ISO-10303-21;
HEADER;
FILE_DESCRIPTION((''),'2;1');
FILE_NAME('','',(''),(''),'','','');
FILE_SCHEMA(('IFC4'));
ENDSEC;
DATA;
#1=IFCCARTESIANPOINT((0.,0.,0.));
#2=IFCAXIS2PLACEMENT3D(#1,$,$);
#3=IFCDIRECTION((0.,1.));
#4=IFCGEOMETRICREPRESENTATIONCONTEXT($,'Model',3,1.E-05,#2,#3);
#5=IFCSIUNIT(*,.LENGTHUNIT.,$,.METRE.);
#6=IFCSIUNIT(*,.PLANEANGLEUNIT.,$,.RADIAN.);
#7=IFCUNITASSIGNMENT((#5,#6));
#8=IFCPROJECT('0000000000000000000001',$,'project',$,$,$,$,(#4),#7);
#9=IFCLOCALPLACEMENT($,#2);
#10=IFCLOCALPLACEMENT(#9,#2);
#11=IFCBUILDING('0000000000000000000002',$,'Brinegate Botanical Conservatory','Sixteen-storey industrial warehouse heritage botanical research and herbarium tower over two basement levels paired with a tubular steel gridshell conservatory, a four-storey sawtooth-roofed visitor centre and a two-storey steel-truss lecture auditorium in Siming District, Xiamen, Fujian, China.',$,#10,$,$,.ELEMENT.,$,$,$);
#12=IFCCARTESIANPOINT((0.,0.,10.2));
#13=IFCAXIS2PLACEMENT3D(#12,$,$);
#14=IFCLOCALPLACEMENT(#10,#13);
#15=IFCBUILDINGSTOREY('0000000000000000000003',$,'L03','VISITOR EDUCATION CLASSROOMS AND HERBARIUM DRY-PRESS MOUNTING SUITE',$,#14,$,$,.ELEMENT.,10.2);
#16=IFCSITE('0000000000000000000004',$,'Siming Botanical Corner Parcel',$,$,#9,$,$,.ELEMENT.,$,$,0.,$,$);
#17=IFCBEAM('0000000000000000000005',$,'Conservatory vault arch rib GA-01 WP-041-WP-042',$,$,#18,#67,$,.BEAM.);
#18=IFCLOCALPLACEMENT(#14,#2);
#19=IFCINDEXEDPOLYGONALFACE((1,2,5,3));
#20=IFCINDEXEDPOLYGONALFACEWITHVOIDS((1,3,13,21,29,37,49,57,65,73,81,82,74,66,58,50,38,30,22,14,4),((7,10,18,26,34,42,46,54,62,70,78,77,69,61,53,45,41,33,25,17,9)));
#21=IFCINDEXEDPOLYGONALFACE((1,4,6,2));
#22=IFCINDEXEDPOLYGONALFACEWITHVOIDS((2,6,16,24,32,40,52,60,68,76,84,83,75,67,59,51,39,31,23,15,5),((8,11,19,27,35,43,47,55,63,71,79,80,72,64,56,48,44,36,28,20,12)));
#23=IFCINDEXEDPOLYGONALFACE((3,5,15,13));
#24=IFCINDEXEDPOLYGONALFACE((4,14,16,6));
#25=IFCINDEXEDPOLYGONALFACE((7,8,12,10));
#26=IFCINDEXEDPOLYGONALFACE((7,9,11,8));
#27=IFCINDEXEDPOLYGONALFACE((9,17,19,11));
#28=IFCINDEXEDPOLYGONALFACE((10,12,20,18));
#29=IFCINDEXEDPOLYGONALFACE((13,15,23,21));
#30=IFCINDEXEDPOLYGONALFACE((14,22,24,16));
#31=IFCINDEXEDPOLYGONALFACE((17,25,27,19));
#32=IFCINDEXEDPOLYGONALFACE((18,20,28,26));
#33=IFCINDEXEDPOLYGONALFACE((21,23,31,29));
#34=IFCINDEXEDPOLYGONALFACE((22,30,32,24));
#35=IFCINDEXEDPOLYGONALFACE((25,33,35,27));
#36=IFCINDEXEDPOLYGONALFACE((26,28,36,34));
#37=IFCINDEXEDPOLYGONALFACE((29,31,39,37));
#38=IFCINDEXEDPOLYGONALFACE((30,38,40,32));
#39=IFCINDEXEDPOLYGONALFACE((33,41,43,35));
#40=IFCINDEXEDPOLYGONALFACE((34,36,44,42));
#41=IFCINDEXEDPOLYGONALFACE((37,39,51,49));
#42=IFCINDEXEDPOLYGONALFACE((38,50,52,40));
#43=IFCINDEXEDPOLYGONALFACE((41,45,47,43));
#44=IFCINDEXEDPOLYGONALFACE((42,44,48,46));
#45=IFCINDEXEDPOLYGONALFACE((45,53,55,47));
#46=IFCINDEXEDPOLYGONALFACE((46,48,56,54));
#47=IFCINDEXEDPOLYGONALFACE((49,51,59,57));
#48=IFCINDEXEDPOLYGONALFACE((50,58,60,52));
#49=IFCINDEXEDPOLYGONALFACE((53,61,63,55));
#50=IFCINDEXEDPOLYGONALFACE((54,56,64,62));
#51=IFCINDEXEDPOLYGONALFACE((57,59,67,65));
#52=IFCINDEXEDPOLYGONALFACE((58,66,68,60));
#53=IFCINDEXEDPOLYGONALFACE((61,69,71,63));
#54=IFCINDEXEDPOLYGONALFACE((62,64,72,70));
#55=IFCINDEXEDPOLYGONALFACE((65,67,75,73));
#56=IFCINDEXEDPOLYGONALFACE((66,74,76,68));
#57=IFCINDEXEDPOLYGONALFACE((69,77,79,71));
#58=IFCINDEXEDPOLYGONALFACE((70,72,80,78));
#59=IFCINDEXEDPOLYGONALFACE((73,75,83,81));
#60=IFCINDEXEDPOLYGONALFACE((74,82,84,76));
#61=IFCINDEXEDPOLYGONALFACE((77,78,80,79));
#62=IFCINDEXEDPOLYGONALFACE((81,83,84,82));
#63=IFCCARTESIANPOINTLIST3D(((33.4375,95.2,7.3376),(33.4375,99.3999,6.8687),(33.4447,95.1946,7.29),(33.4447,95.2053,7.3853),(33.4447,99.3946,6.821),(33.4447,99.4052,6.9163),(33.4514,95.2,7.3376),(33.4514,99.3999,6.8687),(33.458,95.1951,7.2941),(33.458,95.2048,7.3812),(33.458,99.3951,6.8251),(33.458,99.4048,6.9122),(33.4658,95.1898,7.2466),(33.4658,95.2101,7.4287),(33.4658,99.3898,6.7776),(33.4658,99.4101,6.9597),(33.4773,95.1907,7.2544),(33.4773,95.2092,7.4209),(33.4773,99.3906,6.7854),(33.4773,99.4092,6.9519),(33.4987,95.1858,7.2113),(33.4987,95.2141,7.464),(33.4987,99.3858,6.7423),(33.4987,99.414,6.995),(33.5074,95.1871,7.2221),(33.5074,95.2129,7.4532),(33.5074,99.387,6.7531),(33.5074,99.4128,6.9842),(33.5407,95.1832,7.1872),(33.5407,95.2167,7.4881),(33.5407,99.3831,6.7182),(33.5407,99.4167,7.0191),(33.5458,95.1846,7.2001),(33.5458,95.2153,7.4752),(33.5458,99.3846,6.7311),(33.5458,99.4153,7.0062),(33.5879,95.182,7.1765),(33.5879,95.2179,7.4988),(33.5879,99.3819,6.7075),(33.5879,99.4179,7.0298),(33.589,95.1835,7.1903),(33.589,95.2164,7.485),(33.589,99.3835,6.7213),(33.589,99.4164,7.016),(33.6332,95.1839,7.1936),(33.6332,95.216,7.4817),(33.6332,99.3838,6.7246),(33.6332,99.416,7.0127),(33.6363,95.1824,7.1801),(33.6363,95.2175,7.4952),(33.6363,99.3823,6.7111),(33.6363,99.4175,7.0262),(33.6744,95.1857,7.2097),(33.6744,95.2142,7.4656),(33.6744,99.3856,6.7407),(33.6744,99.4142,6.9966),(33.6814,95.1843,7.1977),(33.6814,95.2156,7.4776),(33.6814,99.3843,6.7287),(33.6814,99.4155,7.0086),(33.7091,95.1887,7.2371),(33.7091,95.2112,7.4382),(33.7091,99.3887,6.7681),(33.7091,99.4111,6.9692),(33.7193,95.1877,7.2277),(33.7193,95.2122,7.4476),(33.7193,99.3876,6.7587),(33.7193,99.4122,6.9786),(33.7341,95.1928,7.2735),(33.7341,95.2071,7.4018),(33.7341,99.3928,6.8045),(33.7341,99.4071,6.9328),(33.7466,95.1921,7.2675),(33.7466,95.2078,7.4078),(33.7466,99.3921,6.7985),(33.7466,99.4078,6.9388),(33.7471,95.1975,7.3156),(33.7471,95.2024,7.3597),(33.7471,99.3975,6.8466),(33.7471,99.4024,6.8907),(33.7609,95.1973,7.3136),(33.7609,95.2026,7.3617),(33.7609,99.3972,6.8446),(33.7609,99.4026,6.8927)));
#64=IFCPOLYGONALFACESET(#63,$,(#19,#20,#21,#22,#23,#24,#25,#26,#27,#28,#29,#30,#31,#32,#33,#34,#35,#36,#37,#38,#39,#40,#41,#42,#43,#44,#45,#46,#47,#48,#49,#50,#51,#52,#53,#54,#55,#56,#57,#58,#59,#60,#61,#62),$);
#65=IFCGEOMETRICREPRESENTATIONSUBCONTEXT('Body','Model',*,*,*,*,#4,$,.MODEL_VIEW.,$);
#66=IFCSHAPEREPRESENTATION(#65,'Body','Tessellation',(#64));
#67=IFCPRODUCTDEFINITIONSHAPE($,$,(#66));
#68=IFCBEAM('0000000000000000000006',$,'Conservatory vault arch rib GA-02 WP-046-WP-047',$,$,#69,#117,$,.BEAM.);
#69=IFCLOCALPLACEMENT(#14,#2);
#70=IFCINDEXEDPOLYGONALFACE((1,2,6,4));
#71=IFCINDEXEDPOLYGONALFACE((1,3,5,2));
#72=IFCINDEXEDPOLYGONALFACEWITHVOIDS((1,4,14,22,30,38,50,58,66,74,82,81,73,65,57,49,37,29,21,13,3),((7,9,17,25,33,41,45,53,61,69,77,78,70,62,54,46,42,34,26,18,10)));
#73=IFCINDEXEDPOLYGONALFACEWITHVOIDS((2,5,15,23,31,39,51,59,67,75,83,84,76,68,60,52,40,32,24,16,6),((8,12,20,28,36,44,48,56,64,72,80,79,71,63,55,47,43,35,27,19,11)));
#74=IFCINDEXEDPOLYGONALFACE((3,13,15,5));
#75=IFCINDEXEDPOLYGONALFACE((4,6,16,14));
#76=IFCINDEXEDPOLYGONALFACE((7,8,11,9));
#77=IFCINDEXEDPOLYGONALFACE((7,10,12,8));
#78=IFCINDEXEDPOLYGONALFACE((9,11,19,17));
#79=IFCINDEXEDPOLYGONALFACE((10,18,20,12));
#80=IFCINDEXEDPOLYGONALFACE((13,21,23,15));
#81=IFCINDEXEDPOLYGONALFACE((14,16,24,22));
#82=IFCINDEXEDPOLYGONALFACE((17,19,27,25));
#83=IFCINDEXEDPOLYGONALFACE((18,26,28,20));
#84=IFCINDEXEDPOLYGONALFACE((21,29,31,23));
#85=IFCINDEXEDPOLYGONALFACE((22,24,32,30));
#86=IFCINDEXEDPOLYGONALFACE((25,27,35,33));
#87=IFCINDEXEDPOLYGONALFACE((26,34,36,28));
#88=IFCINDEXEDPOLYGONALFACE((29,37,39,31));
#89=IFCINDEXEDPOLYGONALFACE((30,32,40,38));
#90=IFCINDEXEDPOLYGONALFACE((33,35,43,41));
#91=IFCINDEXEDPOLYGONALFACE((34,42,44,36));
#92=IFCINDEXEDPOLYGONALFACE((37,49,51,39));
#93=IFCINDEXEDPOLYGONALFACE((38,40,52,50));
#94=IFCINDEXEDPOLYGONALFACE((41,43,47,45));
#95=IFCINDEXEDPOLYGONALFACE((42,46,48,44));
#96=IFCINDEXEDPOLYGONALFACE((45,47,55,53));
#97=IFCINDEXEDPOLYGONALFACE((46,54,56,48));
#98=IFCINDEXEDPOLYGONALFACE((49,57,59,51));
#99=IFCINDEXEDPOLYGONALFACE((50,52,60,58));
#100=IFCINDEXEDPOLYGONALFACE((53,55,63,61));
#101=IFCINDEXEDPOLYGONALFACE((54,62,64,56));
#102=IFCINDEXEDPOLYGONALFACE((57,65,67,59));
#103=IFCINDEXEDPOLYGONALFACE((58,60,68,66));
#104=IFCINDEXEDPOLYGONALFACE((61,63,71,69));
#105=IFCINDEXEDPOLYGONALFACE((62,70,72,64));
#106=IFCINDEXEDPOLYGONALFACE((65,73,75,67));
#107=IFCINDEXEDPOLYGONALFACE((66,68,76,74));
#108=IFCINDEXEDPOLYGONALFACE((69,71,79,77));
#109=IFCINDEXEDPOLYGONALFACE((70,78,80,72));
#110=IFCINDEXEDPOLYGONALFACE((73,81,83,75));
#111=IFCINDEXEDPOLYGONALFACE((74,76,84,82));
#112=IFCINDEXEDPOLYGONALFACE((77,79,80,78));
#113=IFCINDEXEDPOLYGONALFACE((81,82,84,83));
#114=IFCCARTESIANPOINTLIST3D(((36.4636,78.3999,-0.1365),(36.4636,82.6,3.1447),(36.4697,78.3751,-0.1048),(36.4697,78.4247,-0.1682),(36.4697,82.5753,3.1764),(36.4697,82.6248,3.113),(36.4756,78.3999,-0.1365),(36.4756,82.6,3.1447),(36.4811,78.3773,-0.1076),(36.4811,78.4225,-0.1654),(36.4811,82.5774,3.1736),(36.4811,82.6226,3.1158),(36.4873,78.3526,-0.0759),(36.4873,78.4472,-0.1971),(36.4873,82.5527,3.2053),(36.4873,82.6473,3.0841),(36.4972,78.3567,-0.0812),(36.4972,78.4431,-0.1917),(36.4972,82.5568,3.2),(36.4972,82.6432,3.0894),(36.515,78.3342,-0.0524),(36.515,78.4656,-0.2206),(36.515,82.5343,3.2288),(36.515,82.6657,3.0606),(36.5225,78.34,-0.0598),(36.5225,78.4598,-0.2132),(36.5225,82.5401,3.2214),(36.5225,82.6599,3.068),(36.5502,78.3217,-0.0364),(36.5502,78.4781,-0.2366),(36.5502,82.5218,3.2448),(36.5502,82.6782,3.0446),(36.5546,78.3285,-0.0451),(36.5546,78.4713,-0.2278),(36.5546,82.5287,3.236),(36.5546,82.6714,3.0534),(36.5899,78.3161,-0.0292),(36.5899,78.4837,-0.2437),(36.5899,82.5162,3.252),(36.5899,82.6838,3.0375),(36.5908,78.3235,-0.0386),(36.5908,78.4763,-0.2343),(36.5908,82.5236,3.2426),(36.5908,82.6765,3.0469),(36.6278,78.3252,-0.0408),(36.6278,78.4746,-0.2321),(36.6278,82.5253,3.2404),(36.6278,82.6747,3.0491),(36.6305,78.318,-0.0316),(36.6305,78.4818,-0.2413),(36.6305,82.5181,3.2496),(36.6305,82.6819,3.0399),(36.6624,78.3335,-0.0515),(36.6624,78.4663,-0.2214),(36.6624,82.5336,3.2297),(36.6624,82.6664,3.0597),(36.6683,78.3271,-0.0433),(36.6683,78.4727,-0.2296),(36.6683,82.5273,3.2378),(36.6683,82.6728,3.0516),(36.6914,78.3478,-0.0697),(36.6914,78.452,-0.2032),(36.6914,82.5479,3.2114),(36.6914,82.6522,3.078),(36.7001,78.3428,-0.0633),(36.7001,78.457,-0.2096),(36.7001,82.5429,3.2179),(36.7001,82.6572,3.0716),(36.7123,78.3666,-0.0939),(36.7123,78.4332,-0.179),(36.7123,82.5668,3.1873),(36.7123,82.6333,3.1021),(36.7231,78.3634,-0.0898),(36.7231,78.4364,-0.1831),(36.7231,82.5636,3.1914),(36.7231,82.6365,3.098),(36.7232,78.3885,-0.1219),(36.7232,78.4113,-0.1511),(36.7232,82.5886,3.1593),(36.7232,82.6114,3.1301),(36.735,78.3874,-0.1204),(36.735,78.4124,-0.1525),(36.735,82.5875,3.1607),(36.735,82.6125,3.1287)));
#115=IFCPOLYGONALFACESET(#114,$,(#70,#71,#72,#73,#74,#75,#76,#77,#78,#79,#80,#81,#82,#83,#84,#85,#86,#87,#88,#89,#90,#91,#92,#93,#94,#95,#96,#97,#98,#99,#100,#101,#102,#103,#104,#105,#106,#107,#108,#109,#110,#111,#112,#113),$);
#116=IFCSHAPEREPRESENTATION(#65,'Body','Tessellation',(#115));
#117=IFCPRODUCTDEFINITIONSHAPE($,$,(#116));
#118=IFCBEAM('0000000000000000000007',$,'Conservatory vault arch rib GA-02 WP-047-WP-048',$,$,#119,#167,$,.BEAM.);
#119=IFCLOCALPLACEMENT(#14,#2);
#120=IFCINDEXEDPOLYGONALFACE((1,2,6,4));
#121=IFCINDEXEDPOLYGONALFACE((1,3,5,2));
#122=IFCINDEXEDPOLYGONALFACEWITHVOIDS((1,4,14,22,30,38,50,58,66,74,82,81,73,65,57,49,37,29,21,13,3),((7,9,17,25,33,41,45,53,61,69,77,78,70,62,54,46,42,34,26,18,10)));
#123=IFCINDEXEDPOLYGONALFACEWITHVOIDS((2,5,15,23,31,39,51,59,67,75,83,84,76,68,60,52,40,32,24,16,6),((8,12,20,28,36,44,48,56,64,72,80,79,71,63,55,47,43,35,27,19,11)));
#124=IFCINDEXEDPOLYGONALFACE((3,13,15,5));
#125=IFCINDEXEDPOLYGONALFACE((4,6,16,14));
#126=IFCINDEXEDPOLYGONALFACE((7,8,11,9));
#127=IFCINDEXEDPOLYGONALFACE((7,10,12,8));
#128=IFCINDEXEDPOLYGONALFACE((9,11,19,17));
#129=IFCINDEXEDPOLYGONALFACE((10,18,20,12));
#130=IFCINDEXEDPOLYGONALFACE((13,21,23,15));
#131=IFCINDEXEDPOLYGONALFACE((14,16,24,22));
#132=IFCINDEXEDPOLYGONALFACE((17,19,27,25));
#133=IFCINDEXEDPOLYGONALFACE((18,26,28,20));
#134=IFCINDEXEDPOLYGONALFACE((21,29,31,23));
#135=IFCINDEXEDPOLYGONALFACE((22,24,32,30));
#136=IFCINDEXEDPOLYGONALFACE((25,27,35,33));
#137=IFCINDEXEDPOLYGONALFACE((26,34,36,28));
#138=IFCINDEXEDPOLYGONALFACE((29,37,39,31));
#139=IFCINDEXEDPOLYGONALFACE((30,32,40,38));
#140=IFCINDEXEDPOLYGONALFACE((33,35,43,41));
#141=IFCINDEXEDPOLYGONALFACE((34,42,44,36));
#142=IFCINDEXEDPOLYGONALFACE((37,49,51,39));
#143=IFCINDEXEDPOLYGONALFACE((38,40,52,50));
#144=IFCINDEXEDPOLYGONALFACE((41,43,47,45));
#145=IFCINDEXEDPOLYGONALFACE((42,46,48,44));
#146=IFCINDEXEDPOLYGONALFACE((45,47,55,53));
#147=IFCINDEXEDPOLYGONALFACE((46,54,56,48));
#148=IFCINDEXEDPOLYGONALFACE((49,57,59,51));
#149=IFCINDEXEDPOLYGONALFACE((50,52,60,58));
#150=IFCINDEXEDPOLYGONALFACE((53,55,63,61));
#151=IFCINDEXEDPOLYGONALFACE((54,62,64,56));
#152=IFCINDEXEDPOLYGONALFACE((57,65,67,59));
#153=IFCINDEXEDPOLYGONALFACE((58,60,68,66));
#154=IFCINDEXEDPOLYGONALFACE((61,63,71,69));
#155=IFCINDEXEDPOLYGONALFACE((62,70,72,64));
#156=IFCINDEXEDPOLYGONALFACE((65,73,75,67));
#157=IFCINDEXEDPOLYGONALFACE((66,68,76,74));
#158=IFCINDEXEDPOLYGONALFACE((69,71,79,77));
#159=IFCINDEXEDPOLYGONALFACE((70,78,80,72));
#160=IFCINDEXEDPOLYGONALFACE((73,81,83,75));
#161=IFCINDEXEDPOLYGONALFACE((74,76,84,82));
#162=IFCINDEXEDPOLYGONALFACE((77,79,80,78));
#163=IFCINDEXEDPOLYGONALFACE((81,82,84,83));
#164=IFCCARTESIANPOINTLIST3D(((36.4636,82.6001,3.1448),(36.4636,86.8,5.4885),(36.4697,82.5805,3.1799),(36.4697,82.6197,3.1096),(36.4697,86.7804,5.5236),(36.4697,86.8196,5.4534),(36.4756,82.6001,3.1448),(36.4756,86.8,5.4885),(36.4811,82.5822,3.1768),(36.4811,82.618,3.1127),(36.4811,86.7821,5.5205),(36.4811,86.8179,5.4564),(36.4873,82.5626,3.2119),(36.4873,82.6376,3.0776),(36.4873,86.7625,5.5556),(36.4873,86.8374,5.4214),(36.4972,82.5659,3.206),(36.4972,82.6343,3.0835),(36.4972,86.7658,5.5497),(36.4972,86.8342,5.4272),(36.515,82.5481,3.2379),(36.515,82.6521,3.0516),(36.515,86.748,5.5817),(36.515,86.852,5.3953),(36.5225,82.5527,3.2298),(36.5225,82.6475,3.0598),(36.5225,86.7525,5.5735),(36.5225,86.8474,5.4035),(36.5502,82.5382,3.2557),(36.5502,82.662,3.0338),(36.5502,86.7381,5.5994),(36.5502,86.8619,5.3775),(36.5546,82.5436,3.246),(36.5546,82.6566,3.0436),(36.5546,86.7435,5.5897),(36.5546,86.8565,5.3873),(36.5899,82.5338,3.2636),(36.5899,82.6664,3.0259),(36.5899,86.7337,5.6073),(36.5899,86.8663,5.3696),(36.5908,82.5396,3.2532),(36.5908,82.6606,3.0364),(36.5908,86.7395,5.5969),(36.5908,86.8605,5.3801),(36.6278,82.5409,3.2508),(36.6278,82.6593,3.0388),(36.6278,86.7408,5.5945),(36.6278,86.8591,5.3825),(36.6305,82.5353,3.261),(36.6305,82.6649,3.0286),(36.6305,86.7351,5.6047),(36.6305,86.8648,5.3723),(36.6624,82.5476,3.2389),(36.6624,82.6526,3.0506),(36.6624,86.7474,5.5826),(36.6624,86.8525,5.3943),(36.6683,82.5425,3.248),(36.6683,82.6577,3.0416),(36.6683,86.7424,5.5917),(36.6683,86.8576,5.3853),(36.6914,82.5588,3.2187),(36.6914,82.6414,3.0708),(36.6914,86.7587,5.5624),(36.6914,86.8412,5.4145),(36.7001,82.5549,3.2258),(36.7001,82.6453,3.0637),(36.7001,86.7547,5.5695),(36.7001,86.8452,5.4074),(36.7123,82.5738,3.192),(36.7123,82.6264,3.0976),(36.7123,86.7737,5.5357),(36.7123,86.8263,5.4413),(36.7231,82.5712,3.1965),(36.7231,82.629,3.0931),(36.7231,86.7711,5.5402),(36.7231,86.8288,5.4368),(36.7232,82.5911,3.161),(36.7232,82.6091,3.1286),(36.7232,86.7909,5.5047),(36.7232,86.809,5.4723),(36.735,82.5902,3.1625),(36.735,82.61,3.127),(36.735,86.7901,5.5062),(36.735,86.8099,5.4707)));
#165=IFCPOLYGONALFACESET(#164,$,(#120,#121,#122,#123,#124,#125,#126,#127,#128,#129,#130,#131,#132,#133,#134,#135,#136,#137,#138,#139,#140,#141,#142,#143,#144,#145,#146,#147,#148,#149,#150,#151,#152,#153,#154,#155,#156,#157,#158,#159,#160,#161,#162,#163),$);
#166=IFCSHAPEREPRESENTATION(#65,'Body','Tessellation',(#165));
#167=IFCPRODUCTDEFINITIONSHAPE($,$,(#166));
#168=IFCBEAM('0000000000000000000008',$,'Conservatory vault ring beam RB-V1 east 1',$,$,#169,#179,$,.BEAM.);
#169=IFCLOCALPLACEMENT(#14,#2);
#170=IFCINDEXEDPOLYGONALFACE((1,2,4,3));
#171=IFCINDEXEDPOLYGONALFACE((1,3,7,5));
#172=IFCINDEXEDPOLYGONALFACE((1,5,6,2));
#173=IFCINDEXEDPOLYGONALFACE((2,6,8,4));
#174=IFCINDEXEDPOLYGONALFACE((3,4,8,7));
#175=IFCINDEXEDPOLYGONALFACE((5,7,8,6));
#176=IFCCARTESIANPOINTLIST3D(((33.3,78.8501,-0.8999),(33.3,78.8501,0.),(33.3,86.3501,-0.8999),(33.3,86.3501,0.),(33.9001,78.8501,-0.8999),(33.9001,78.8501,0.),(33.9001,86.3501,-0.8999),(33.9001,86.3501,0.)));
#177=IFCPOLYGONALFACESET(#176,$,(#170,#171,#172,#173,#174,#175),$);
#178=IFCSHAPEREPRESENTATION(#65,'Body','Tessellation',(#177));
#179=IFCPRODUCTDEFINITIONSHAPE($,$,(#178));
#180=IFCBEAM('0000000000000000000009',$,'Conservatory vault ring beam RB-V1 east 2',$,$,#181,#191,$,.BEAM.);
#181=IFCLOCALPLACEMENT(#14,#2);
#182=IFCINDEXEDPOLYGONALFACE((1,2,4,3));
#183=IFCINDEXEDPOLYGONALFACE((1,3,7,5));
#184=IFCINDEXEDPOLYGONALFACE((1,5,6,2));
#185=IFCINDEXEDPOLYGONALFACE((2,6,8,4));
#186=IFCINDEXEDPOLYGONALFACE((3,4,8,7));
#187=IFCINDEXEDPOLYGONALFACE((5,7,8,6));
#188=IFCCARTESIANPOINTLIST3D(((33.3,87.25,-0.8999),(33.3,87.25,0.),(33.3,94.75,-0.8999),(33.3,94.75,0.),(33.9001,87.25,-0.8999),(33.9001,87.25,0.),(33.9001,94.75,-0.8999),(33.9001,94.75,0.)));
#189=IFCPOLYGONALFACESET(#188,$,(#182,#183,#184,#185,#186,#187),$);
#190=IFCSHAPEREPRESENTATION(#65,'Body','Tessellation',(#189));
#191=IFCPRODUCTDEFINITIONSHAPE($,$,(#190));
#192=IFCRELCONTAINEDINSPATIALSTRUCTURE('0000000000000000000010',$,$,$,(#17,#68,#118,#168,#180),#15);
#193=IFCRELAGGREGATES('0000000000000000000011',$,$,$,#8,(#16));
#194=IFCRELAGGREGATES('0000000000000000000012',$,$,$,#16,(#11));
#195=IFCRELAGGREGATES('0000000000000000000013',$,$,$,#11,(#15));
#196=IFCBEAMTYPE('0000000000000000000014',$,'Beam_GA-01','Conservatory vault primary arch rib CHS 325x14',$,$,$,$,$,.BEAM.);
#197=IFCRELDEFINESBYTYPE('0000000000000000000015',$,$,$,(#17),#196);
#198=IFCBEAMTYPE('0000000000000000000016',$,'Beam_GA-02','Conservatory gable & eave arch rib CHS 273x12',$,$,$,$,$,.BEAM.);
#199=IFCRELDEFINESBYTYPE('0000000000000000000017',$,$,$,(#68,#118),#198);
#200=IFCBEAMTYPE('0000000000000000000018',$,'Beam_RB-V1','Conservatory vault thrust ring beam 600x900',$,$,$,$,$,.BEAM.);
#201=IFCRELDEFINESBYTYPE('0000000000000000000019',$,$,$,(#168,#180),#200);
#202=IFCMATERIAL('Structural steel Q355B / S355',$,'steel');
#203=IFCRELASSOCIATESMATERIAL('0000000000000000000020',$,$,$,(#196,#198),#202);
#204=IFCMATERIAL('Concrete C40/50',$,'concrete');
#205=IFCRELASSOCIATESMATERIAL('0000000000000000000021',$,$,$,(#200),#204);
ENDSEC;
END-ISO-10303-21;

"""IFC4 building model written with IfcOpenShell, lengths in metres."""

from ifc_helpers import new_model, si_unit, direction, frame, origin, origin_2d, place, context, subcontext, project, spatial, rectangle, hollow_circle, extrude, material, material_profile, profile_set, type_object, element, save


model = new_model("IFC4")

# Units and contexts
model_context = context("Model", 3, precision=1e-05, world=origin(), true_north=direction((0.0, 1.0)))
body_context = subcontext(model_context, "Body", "Model", "MODEL_VIEW")
ifc_project = project(units=[si_unit("LENGTHUNIT", "METRE"), si_unit("PLANEANGLEUNIT", "RADIAN")], contexts=[model_context])

# Site, building, storey
site_placement = place(None, origin())
site = spatial("IfcSite", under=ifc_project, at=site_placement, Name="Siming Botanical Corner Parcel", CompositionType="ELEMENT", RefElevation=0.0)
building_placement = place(site_placement, origin())
building = spatial("IfcBuilding", under=site, at=building_placement, Name="Brinegate Botanical Conservatory", Description="Sixteen-storey industrial warehouse heritage botanical research and herbarium tower over two basement levels paired with a tubular steel gridshell conservatory, a four-storey sawtooth-roofed visitor centre and a two-storey steel-truss lecture auditorium in Siming District, Xiamen, Fujian, China.", CompositionType="ELEMENT")
storey_placement = place(building_placement, frame((0.0, 0.0, 10.2)))
storey = spatial("IfcBuildingStorey", under=building, at=storey_placement, Name="L03", Description="VISITOR EDUCATION CLASSROOMS AND HERBARIUM DRY-PRESS MOUNTING SUITE", CompositionType="ELEMENT", Elevation=10.2)

# Beams
ifc_material_1 = material(Name="Structural steel Q355B / S355", Category="steel")
ifc_material_profile_1 = material_profile(ifc_material_1, hollow_circle(Radius=0.1626, WallThickness=0.0139, at=origin_2d()), Name="CHS 325x14")
ifc_profile_set_1 = profile_set([ifc_material_profile_1], Name="Structural steel Q355B / S355")
beam_type_1 = type_object("IfcBeamType", Name="Beam_GA-01", Description="Conservatory vault primary arch rib CHS 325x14", PredefinedType="BEAM", material=ifc_profile_set_1)
for number, where, z_axis, x_axis, name in (
    (1, (33.6001, 95.2, 7.3376), (0.0, 0.993823, -0.110977), (-1.0, 0.0, 0.0), "Conservatory vault arch rib GA-01 WP-041-WP-042"),
):
    element("IfcBeam", number, at=place(storey_placement, frame(where, z_axis=z_axis, x_axis=x_axis)), inside=storey, type_object=beam_type_1, Name=name, PredefinedType="BEAM", context=body_context, shape_type="SweptSolid", body=[
        extrude(hollow_circle(Radius=0.1626, WallThickness=0.0139, at=origin_2d()), origin(), (0.0, 0.0, 1.0), 4.2261),
    ])
ifc_material_profile_2 = material_profile(ifc_material_1, hollow_circle(Radius=0.1365, WallThickness=0.012, at=origin_2d()), Name="CHS 273x12")
ifc_profile_set_2 = profile_set([ifc_material_profile_2], Name="Structural steel Q355B / S355")
beam_type_2 = type_object("IfcBeamType", Name="Beam_GA-02", Description="Conservatory gable & eave arch rib CHS 273x12", PredefinedType="BEAM", material=ifc_profile_set_2)
beam_1_placement = place(storey_placement, frame((36.6001, 78.3999, -0.1365), z_axis=(0.0, 0.788038, 0.615626), x_axis=(-1.0, 0.0, 0.0)))
element("IfcBeam", 2, at=beam_1_placement, inside=storey, type_object=beam_type_2, Name="Conservatory vault arch rib GA-02 WP-046-WP-047", PredefinedType="BEAM", context=body_context, shape_type="SweptSolid", body=[
    extrude(hollow_circle(Radius=0.1365, WallThickness=0.012, at=origin_2d()), origin(), (0.0, 0.0, 1.0), 5.3298),
])
beam_2_placement = place(storey_placement, frame((36.6001, 82.6001, 3.1448), z_axis=(0.0, 0.873234, 0.487301), x_axis=(-1.0, 0.0, 0.0)))
element("IfcBeam", 3, at=beam_2_placement, inside=storey, type_object=beam_type_2, Name="Conservatory vault arch rib GA-02 WP-047-WP-048", PredefinedType="BEAM", context=body_context, shape_type="SweptSolid", body=[
    extrude(hollow_circle(Radius=0.1365, WallThickness=0.012, at=origin_2d()), origin(), (0.0, 0.0, 1.0), 4.8096),
])
ifc_material_2 = material(Name="Concrete C40/50", Category="concrete")
ifc_material_profile_3 = material_profile(ifc_material_2, rectangle(XDim=0.6001, YDim=0.8999, at=origin_2d()), Name="RC RB 600x900")
ifc_profile_set_3 = profile_set([ifc_material_profile_3], Name="Concrete C40/50")
beam_type_3 = type_object("IfcBeamType", Name="Beam_RB-V1", Description="Conservatory vault thrust ring beam 600x900", PredefinedType="BEAM", material=ifc_profile_set_3)
for number, where, z_axis, x_axis, name in (
    (4, (33.6001, 78.8501, -0.45), (0.0, 1.0, 0.0), (-1.0, 0.0, 0.0), "Conservatory vault ring beam RB-V1 east 1"),
    (5, (33.6001, 87.25, -0.45), (0.0, 1.0, 0.0), (-1.0, 0.0, 0.0), "Conservatory vault ring beam RB-V1 east 2"),
):
    element("IfcBeam", number, at=place(storey_placement, frame(where, z_axis=z_axis, x_axis=x_axis)), inside=storey, type_object=beam_type_3, Name=name, PredefinedType="BEAM", context=body_context, shape_type="SweptSolid", body=[
        extrude(rectangle(XDim=0.6001, YDim=0.8999, at=origin_2d()), origin(), (0.0, 0.0, 1.0), 7.5),
    ])

save(model, "model.ifc")
